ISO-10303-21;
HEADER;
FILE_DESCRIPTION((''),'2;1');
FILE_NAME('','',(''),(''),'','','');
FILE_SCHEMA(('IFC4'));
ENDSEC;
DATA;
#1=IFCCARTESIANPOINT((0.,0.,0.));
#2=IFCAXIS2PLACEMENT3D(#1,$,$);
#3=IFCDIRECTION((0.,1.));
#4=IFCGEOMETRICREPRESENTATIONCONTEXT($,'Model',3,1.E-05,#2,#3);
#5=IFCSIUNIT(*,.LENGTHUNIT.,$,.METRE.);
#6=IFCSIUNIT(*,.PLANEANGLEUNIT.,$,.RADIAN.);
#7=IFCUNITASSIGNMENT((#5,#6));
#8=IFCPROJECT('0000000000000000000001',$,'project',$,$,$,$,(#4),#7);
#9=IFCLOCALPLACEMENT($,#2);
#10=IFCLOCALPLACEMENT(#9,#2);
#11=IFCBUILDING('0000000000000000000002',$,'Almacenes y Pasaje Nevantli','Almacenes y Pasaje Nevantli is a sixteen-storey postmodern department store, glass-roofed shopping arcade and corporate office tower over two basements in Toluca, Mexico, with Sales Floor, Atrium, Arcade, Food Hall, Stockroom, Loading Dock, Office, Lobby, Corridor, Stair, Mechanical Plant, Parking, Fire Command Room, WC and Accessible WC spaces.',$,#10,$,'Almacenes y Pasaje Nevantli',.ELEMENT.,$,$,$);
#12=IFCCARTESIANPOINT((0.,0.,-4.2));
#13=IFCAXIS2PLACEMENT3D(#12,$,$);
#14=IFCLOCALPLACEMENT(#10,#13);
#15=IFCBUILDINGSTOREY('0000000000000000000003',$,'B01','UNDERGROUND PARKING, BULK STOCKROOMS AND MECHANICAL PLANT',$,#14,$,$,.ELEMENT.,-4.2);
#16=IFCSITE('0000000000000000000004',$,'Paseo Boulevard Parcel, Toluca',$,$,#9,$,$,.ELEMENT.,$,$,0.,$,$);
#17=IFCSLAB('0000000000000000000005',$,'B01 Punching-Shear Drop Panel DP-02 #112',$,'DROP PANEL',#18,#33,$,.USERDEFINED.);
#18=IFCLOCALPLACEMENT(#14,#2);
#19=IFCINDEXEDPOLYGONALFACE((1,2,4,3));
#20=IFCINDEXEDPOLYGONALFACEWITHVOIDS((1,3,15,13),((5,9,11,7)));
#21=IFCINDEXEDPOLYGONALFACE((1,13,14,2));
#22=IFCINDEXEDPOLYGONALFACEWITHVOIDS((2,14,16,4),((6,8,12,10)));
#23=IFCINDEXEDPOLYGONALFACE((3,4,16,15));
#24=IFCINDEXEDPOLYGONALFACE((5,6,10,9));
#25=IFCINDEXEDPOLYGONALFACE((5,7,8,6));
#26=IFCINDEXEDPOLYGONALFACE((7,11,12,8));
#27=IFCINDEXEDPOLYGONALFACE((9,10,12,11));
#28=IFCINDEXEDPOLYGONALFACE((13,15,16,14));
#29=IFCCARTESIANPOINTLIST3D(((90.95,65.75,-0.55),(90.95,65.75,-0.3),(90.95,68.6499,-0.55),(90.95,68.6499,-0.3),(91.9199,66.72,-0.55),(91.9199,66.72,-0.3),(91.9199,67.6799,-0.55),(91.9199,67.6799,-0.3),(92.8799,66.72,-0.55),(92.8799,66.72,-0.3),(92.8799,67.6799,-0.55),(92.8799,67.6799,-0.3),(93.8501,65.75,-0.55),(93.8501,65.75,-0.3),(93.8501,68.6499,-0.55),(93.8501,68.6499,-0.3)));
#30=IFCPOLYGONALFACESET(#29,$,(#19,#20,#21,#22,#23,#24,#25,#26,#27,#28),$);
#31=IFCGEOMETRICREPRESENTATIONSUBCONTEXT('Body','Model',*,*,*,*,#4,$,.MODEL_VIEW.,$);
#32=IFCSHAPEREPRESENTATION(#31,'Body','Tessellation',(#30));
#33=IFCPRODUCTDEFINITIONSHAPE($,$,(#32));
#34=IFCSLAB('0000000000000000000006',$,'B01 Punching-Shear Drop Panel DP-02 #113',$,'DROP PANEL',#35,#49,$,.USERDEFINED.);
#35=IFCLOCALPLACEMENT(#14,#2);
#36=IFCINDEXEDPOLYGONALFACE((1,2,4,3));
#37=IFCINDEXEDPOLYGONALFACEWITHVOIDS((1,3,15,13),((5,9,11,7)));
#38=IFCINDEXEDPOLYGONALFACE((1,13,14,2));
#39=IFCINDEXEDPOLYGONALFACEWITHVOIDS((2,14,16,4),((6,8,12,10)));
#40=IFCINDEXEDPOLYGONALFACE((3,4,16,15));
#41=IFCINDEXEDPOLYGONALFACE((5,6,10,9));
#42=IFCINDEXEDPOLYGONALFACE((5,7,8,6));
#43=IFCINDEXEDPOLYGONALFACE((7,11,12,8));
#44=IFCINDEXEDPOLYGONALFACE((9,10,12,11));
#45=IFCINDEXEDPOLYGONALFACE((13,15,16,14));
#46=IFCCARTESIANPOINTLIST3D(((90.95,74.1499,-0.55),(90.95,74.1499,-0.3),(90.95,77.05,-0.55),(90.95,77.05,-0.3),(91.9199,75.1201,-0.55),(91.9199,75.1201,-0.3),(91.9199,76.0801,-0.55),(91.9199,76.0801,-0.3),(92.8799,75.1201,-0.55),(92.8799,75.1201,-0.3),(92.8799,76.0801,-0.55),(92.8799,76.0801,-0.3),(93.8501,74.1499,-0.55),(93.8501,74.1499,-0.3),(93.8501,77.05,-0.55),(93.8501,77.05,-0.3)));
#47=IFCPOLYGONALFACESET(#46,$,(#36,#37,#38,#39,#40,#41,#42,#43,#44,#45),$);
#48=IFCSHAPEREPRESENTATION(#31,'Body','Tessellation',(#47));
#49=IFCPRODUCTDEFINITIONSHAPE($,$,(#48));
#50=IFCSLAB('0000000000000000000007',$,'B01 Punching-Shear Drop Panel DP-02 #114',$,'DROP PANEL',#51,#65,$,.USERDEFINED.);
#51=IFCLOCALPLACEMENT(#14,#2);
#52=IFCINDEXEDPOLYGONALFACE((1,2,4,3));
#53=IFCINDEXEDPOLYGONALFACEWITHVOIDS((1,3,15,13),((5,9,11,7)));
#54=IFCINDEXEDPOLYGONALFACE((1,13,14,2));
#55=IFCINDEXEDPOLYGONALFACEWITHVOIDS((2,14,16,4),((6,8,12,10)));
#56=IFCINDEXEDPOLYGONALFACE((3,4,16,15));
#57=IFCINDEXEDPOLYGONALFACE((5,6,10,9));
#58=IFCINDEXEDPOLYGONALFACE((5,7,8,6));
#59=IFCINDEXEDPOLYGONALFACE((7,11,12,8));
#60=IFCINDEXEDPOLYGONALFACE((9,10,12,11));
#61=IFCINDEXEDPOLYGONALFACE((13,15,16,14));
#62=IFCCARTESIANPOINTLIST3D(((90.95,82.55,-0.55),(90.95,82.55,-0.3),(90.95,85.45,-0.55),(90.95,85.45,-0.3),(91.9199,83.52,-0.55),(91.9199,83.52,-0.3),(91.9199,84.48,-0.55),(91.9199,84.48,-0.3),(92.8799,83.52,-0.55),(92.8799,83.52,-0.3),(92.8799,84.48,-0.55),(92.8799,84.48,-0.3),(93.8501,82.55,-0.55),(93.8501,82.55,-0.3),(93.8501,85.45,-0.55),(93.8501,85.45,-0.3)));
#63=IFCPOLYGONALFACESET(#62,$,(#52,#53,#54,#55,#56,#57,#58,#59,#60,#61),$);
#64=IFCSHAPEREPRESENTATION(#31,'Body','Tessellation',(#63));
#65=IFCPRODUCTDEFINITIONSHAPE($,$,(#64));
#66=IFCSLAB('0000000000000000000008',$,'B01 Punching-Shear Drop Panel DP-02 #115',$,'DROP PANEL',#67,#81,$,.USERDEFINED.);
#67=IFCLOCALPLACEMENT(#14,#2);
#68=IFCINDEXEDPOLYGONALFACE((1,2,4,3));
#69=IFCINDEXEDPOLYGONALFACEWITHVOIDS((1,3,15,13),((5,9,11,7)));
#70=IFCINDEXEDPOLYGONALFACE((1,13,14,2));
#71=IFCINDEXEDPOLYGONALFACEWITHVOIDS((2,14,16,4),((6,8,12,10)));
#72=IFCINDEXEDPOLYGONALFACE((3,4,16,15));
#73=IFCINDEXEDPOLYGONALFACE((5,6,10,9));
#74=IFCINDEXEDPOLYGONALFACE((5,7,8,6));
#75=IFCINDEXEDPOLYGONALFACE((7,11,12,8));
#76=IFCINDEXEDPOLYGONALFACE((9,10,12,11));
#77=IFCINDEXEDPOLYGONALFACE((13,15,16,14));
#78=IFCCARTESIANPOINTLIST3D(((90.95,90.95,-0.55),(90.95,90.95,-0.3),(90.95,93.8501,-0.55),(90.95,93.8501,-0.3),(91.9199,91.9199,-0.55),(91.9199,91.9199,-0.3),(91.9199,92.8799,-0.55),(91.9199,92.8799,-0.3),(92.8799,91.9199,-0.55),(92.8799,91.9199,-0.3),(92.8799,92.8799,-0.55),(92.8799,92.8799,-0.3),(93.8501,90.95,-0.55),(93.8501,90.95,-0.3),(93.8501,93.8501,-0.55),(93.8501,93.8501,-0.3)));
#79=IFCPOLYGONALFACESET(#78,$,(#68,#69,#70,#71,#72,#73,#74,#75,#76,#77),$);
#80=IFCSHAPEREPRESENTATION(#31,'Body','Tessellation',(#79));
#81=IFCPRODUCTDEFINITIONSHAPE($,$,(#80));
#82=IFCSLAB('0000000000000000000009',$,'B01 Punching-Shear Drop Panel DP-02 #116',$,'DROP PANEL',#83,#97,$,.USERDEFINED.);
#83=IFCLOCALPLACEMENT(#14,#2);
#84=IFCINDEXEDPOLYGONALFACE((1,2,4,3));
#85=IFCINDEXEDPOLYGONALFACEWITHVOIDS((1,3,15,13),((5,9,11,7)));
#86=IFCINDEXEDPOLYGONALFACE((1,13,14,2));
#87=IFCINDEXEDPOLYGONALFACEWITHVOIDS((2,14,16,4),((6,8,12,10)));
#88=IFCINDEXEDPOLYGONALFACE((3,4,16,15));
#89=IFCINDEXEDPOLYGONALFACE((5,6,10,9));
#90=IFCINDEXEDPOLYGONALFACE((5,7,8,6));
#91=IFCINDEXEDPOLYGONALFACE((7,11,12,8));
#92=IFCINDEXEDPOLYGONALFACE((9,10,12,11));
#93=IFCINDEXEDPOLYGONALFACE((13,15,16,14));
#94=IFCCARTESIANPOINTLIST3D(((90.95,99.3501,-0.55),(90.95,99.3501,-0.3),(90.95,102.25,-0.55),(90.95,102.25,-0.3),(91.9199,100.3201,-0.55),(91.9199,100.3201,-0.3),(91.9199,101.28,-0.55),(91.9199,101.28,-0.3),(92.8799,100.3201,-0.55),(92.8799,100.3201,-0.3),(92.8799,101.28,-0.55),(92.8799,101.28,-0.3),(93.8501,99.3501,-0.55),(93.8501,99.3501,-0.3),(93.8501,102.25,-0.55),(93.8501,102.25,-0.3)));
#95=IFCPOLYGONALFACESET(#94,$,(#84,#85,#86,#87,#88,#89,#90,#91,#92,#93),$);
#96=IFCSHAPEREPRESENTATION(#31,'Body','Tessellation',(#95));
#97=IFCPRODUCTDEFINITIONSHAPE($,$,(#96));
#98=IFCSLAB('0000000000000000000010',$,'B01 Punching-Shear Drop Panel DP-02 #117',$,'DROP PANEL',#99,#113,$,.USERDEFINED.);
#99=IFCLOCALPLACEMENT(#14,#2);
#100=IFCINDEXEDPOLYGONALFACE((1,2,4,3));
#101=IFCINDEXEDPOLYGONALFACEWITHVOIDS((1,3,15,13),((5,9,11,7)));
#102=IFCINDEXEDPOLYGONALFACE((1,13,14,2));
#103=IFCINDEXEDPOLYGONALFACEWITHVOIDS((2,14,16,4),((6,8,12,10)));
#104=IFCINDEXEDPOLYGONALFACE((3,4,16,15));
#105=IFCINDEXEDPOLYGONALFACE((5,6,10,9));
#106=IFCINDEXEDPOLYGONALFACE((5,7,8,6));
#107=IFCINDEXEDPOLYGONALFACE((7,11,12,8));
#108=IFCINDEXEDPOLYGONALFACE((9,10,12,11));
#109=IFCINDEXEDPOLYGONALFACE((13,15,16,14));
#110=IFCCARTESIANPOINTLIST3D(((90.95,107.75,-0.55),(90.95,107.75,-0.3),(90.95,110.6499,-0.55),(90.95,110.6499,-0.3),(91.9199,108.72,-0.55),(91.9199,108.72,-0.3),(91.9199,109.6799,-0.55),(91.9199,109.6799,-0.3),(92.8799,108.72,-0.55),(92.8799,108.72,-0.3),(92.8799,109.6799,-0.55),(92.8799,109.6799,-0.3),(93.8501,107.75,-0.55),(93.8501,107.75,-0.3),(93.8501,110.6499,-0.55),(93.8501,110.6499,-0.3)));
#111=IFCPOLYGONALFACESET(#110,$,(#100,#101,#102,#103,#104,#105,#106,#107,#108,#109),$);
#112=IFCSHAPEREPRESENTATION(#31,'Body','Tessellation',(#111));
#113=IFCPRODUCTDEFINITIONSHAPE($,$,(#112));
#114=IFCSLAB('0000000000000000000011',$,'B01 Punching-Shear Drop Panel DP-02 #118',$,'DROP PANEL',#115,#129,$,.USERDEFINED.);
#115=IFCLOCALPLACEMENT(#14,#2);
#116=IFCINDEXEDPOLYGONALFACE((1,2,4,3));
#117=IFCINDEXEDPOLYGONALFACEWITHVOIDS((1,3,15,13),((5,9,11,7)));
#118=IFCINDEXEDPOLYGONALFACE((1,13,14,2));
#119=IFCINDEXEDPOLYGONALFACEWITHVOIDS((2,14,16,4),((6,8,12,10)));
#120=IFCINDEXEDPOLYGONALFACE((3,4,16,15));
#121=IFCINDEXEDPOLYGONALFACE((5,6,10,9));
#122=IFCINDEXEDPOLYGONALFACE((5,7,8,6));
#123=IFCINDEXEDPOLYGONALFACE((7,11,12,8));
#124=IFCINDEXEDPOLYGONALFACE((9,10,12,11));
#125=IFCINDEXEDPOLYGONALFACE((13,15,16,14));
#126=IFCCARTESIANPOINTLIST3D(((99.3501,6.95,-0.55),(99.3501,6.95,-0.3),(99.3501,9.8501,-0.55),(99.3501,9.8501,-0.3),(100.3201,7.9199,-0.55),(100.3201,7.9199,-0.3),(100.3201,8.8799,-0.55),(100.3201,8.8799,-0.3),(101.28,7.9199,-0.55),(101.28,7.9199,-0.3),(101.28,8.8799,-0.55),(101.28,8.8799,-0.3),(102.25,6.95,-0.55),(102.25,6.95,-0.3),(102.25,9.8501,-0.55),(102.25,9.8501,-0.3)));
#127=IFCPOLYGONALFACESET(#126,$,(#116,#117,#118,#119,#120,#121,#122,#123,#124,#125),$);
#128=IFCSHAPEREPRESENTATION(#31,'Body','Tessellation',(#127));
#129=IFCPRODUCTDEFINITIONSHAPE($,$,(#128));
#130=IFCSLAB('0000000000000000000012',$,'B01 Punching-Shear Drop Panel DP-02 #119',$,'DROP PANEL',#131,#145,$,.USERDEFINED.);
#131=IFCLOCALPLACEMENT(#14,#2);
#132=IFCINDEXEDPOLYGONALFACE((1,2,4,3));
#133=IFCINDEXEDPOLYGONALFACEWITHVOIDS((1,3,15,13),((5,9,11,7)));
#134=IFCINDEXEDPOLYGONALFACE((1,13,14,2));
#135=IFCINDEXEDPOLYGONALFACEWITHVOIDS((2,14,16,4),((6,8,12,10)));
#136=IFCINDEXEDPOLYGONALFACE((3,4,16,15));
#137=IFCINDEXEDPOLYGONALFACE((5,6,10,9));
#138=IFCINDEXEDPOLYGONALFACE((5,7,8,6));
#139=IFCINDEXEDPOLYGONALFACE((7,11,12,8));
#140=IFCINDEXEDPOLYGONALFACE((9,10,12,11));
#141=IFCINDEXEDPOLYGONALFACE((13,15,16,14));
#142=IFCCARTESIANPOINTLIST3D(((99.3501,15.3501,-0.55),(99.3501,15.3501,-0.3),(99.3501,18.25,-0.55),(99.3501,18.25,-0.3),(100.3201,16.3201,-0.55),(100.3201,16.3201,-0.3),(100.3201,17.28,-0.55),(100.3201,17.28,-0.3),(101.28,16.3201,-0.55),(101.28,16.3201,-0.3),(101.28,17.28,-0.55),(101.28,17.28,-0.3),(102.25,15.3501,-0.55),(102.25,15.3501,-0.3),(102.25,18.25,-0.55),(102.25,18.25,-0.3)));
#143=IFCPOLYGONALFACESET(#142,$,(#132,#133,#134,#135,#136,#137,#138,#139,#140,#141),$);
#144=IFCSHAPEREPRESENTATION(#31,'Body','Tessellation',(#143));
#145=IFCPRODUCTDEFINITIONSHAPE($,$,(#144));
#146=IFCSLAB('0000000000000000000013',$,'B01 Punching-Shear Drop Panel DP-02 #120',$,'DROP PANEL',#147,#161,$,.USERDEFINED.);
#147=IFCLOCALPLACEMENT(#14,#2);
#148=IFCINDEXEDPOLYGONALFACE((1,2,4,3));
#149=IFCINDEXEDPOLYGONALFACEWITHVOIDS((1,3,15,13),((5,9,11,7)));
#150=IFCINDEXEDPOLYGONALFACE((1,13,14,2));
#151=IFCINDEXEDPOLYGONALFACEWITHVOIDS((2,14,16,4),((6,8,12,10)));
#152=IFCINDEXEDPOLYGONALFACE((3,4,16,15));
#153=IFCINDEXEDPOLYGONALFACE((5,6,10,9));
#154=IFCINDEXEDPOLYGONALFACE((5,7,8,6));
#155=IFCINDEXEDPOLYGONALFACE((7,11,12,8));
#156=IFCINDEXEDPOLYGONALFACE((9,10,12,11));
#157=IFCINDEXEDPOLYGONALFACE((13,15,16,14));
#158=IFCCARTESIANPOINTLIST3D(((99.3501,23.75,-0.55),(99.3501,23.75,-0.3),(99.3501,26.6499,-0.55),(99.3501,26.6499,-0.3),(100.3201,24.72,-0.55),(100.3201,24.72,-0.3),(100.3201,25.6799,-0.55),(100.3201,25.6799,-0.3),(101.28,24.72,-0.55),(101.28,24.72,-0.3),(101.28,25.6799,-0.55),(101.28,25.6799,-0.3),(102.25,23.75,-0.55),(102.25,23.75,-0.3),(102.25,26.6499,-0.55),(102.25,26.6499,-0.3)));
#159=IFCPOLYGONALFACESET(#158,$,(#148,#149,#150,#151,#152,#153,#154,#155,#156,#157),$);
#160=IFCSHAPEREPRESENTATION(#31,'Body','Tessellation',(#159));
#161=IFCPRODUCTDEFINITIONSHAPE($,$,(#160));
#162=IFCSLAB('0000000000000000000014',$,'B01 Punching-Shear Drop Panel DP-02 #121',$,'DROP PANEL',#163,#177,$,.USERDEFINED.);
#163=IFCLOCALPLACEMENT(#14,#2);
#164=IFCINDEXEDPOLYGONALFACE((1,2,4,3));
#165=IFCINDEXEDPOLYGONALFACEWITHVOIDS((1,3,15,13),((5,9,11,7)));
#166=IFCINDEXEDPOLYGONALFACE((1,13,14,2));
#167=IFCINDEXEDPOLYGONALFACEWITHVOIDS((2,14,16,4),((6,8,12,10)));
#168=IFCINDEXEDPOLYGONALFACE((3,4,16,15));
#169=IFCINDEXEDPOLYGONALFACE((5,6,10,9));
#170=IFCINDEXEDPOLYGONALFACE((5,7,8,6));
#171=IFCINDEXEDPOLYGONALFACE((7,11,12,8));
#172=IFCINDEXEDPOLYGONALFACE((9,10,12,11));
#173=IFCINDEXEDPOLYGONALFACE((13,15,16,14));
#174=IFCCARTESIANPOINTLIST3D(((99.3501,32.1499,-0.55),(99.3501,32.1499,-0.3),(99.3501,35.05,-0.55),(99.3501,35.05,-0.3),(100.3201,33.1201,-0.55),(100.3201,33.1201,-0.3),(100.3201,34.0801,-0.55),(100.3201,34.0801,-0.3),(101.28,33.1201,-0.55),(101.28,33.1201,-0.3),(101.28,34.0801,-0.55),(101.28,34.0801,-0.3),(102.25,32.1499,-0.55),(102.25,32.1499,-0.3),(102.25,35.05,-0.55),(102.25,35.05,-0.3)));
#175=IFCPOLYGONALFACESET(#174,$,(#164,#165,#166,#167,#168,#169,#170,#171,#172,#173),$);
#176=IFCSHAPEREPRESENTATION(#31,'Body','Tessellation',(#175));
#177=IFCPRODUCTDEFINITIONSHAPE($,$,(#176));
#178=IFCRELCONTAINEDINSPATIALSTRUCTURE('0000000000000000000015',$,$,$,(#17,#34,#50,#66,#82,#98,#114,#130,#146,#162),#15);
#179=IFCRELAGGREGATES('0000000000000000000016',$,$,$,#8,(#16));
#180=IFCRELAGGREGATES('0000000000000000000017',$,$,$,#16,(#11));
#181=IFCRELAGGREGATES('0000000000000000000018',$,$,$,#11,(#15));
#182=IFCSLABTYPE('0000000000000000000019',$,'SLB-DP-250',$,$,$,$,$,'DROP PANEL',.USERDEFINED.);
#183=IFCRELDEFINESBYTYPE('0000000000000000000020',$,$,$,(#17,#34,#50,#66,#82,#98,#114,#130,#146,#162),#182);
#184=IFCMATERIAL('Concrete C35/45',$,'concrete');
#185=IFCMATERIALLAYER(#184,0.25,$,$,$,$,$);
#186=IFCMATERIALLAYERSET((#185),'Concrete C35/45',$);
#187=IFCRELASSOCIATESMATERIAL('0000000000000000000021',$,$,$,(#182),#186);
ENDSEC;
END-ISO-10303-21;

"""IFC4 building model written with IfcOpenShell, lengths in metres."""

from ifc_helpers import new_model, si_unit, direction, frame, origin, place, context, subcontext, project, spatial, polyline, outline, extrude, material, layer, layer_set, type_object, element, save


model = new_model("IFC4")

# Units and contexts
model_context = context("Model", 3, precision=1e-05, world=origin(), true_north=direction((0.0, 1.0)))
body_context = subcontext(model_context, "Body", "Model", "MODEL_VIEW")
ifc_project = project(units=[si_unit("LENGTHUNIT", "METRE"), si_unit("PLANEANGLEUNIT", "RADIAN")], contexts=[model_context])

# Site, building, storey
site_placement = place(None, origin())
site = spatial("IfcSite", under=ifc_project, at=site_placement, Name="Paseo Boulevard Parcel, Toluca", CompositionType="ELEMENT", RefElevation=0.0)
building_placement = place(site_placement, origin())
building = spatial("IfcBuilding", under=site, at=building_placement, Name="Almacenes y Pasaje Nevantli", Description="Almacenes y Pasaje Nevantli is a sixteen-storey postmodern department store, glass-roofed shopping arcade and corporate office tower over two basements in Toluca, Mexico, with Sales Floor, Atrium, Arcade, Food Hall, Stockroom, Loading Dock, Office, Lobby, Corridor, Stair, Mechanical Plant, Parking, Fire Command Room, WC and Accessible WC spaces.", LongName="Almacenes y Pasaje Nevantli", CompositionType="ELEMENT")
storey_placement = place(building_placement, frame((0.0, 0.0, -4.2)))
storey = spatial("IfcBuildingStorey", under=building, at=storey_placement, Name="B01", Description="UNDERGROUND PARKING, BULK STOCKROOMS AND MECHANICAL PLANT", CompositionType="ELEMENT", Elevation=-4.2)

# Slabs
ifc_material = material(Name="Concrete C35/45", Category="concrete")
ifc_layer = layer(ifc_material, 0.25)
ifc_layer_set = layer_set([ifc_layer], Name="Concrete C35/45")
slab_type = type_object("IfcSlabType", Name="SLB-DP-250", ElementType="DROP PANEL", PredefinedType="USERDEFINED", material=ifc_layer_set)
slab_1_placement = place(storey_placement, frame((0.0, 0.0, -0.55)))
element("IfcSlab", 1, at=slab_1_placement, inside=storey, type_object=slab_type, Name="B01 Punching-Shear Drop Panel DP-02 #112", ObjectType="DROP PANEL", PredefinedType="USERDEFINED", context=body_context, shape_type="SweptSolid", body=[
    extrude(outline(polyline([(90.95, 65.75), (93.8501, 65.75), (93.8501, 68.6499), (90.95, 68.6499), (90.95, 65.75)]), holes=[polyline([(91.9199, 66.72), (92.8799, 66.72), (92.8799, 67.6799), (91.9199, 67.6799), (91.9199, 66.72)])]), origin(), (0.0, 0.0, 1.0), 0.25),
])
slab_2_placement = place(storey_placement, frame((0.0, 0.0, -0.55)))
element("IfcSlab", 2, at=slab_2_placement, inside=storey, type_object=slab_type, Name="B01 Punching-Shear Drop Panel DP-02 #113", ObjectType="DROP PANEL", PredefinedType="USERDEFINED", context=body_context, shape_type="SweptSolid", body=[
    extrude(outline(polyline([(90.95, 74.1499), (93.8501, 74.1499), (93.8501, 77.05), (90.95, 77.05), (90.95, 74.1499)]), holes=[polyline([(91.9199, 75.1201), (92.8799, 75.1201), (92.8799, 76.0801), (91.9199, 76.0801), (91.9199, 75.1201)])]), origin(), (0.0, 0.0, 1.0), 0.25),
])
slab_3_placement = place(storey_placement, frame((0.0, 0.0, -0.55)))
element("IfcSlab", 3, at=slab_3_placement, inside=storey, type_object=slab_type, Name="B01 Punching-Shear Drop Panel DP-02 #114", ObjectType="DROP PANEL", PredefinedType="USERDEFINED", context=body_context, shape_type="SweptSolid", body=[
    extrude(outline(polyline([(90.95, 82.55), (93.8501, 82.55), (93.8501, 85.45), (90.95, 85.45), (90.95, 82.55)]), holes=[polyline([(91.9199, 83.52), (92.8799, 83.52), (92.8799, 84.48), (91.9199, 84.48), (91.9199, 83.52)])]), origin(), (0.0, 0.0, 1.0), 0.25),
])
slab_4_placement = place(storey_placement, frame((0.0, 0.0, -0.55)))
element("IfcSlab", 4, at=slab_4_placement, inside=storey, type_object=slab_type, Name="B01 Punching-Shear Drop Panel DP-02 #115", ObjectType="DROP PANEL", PredefinedType="USERDEFINED", context=body_context, shape_type="SweptSolid", body=[
    extrude(outline(polyline([(90.95, 90.95), (93.8501, 90.95), (93.8501, 93.8501), (90.95, 93.8501), (90.95, 90.95)]), holes=[polyline([(91.9199, 91.9199), (92.8799, 91.9199), (92.8799, 92.8799), (91.9199, 92.8799), (91.9199, 91.9199)])]), origin(), (0.0, 0.0, 1.0), 0.25),
])
slab_5_placement = place(storey_placement, frame((0.0, 0.0, -0.55)))
element("IfcSlab", 5, at=slab_5_placement, inside=storey, type_object=slab_type, Name="B01 Punching-Shear Drop Panel DP-02 #116", ObjectType="DROP PANEL", PredefinedType="USERDEFINED", context=body_context, shape_type="SweptSolid", body=[
    extrude(outline(polyline([(90.95, 99.3501), (93.8501, 99.3501), (93.8501, 102.25), (90.95, 102.25), (90.95, 99.3501)]), holes=[polyline([(91.9199, 100.3201), (92.8799, 100.3201), (92.8799, 101.28), (91.9199, 101.28), (91.9199, 100.3201)])]), origin(), (0.0, 0.0, 1.0), 0.25),
])
slab_6_placement = place(storey_placement, frame((0.0, 0.0, -0.55)))
element("IfcSlab", 6, at=slab_6_placement, inside=storey, type_object=slab_type, Name="B01 Punching-Shear Drop Panel DP-02 #117", ObjectType="DROP PANEL", PredefinedType="USERDEFINED", context=body_context, shape_type="SweptSolid", body=[
    extrude(outline(polyline([(90.95, 107.75), (93.8501, 107.75), (93.8501, 110.6499), (90.95, 110.6499), (90.95, 107.75)]), holes=[polyline([(91.9199, 108.72), (92.8799, 108.72), (92.8799, 109.6799), (91.9199, 109.6799), (91.9199, 108.72)])]), origin(), (0.0, 0.0, 1.0), 0.25),
])
slab_7_placement = place(storey_placement, frame((0.0, 0.0, -0.55)))
element("IfcSlab", 7, at=slab_7_placement, inside=storey, type_object=slab_type, Name="B01 Punching-Shear Drop Panel DP-02 #118", ObjectType="DROP PANEL", PredefinedType="USERDEFINED", context=body_context, shape_type="SweptSolid", body=[
    extrude(outline(polyline([(99.3501, 6.95), (102.25, 6.95), (102.25, 9.8501), (99.3501, 9.8501), (99.3501, 6.95)]), holes=[polyline([(100.3201, 7.9199), (101.28, 7.9199), (101.28, 8.8799), (100.3201, 8.8799), (100.3201, 7.9199)])]), origin(), (0.0, 0.0, 1.0), 0.25),
])
slab_8_placement = place(storey_placement, frame((0.0, 0.0, -0.55)))
element("IfcSlab", 8, at=slab_8_placement, inside=storey, type_object=slab_type, Name="B01 Punching-Shear Drop Panel DP-02 #119", ObjectType="DROP PANEL", PredefinedType="USERDEFINED", context=body_context, shape_type="SweptSolid", body=[
    extrude(outline(polyline([(99.3501, 15.3501), (102.25, 15.3501), (102.25, 18.25), (99.3501, 18.25), (99.3501, 15.3501)]), holes=[polyline([(100.3201, 16.3201), (101.28, 16.3201), (101.28, 17.28), (100.3201, 17.28), (100.3201, 16.3201)])]), origin(), (0.0, 0.0, 1.0), 0.25),
])
slab_9_placement = place(storey_placement, frame((0.0, 0.0, -0.55)))
element("IfcSlab", 9, at=slab_9_placement, inside=storey, type_object=slab_type, Name="B01 Punching-Shear Drop Panel DP-02 #120", ObjectType="DROP PANEL", PredefinedType="USERDEFINED", context=body_context, shape_type="SweptSolid", body=[
    extrude(outline(polyline([(99.3501, 23.75), (102.25, 23.75), (102.25, 26.6499), (99.3501, 26.6499), (99.3501, 23.75)]), holes=[polyline([(100.3201, 24.72), (101.28, 24.72), (101.28, 25.6799), (100.3201, 25.6799), (100.3201, 24.72)])]), origin(), (0.0, 0.0, 1.0), 0.25),
])
slab_10_placement = place(storey_placement, frame((0.0, 0.0, -0.55)))
element("IfcSlab", 10, at=slab_10_placement, inside=storey, type_object=slab_type, Name="B01 Punching-Shear Drop Panel DP-02 #121", ObjectType="DROP PANEL", PredefinedType="USERDEFINED", context=body_context, shape_type="SweptSolid", body=[
    extrude(outline(polyline([(99.3501, 32.1499), (102.25, 32.1499), (102.25, 35.05), (99.3501, 35.05), (99.3501, 32.1499)]), holes=[polyline([(100.3201, 33.1201), (101.28, 33.1201), (101.28, 34.0801), (100.3201, 34.0801), (100.3201, 33.1201)])]), origin(), (0.0, 0.0, 1.0), 0.25),
])

save(model, "model.ifc")
